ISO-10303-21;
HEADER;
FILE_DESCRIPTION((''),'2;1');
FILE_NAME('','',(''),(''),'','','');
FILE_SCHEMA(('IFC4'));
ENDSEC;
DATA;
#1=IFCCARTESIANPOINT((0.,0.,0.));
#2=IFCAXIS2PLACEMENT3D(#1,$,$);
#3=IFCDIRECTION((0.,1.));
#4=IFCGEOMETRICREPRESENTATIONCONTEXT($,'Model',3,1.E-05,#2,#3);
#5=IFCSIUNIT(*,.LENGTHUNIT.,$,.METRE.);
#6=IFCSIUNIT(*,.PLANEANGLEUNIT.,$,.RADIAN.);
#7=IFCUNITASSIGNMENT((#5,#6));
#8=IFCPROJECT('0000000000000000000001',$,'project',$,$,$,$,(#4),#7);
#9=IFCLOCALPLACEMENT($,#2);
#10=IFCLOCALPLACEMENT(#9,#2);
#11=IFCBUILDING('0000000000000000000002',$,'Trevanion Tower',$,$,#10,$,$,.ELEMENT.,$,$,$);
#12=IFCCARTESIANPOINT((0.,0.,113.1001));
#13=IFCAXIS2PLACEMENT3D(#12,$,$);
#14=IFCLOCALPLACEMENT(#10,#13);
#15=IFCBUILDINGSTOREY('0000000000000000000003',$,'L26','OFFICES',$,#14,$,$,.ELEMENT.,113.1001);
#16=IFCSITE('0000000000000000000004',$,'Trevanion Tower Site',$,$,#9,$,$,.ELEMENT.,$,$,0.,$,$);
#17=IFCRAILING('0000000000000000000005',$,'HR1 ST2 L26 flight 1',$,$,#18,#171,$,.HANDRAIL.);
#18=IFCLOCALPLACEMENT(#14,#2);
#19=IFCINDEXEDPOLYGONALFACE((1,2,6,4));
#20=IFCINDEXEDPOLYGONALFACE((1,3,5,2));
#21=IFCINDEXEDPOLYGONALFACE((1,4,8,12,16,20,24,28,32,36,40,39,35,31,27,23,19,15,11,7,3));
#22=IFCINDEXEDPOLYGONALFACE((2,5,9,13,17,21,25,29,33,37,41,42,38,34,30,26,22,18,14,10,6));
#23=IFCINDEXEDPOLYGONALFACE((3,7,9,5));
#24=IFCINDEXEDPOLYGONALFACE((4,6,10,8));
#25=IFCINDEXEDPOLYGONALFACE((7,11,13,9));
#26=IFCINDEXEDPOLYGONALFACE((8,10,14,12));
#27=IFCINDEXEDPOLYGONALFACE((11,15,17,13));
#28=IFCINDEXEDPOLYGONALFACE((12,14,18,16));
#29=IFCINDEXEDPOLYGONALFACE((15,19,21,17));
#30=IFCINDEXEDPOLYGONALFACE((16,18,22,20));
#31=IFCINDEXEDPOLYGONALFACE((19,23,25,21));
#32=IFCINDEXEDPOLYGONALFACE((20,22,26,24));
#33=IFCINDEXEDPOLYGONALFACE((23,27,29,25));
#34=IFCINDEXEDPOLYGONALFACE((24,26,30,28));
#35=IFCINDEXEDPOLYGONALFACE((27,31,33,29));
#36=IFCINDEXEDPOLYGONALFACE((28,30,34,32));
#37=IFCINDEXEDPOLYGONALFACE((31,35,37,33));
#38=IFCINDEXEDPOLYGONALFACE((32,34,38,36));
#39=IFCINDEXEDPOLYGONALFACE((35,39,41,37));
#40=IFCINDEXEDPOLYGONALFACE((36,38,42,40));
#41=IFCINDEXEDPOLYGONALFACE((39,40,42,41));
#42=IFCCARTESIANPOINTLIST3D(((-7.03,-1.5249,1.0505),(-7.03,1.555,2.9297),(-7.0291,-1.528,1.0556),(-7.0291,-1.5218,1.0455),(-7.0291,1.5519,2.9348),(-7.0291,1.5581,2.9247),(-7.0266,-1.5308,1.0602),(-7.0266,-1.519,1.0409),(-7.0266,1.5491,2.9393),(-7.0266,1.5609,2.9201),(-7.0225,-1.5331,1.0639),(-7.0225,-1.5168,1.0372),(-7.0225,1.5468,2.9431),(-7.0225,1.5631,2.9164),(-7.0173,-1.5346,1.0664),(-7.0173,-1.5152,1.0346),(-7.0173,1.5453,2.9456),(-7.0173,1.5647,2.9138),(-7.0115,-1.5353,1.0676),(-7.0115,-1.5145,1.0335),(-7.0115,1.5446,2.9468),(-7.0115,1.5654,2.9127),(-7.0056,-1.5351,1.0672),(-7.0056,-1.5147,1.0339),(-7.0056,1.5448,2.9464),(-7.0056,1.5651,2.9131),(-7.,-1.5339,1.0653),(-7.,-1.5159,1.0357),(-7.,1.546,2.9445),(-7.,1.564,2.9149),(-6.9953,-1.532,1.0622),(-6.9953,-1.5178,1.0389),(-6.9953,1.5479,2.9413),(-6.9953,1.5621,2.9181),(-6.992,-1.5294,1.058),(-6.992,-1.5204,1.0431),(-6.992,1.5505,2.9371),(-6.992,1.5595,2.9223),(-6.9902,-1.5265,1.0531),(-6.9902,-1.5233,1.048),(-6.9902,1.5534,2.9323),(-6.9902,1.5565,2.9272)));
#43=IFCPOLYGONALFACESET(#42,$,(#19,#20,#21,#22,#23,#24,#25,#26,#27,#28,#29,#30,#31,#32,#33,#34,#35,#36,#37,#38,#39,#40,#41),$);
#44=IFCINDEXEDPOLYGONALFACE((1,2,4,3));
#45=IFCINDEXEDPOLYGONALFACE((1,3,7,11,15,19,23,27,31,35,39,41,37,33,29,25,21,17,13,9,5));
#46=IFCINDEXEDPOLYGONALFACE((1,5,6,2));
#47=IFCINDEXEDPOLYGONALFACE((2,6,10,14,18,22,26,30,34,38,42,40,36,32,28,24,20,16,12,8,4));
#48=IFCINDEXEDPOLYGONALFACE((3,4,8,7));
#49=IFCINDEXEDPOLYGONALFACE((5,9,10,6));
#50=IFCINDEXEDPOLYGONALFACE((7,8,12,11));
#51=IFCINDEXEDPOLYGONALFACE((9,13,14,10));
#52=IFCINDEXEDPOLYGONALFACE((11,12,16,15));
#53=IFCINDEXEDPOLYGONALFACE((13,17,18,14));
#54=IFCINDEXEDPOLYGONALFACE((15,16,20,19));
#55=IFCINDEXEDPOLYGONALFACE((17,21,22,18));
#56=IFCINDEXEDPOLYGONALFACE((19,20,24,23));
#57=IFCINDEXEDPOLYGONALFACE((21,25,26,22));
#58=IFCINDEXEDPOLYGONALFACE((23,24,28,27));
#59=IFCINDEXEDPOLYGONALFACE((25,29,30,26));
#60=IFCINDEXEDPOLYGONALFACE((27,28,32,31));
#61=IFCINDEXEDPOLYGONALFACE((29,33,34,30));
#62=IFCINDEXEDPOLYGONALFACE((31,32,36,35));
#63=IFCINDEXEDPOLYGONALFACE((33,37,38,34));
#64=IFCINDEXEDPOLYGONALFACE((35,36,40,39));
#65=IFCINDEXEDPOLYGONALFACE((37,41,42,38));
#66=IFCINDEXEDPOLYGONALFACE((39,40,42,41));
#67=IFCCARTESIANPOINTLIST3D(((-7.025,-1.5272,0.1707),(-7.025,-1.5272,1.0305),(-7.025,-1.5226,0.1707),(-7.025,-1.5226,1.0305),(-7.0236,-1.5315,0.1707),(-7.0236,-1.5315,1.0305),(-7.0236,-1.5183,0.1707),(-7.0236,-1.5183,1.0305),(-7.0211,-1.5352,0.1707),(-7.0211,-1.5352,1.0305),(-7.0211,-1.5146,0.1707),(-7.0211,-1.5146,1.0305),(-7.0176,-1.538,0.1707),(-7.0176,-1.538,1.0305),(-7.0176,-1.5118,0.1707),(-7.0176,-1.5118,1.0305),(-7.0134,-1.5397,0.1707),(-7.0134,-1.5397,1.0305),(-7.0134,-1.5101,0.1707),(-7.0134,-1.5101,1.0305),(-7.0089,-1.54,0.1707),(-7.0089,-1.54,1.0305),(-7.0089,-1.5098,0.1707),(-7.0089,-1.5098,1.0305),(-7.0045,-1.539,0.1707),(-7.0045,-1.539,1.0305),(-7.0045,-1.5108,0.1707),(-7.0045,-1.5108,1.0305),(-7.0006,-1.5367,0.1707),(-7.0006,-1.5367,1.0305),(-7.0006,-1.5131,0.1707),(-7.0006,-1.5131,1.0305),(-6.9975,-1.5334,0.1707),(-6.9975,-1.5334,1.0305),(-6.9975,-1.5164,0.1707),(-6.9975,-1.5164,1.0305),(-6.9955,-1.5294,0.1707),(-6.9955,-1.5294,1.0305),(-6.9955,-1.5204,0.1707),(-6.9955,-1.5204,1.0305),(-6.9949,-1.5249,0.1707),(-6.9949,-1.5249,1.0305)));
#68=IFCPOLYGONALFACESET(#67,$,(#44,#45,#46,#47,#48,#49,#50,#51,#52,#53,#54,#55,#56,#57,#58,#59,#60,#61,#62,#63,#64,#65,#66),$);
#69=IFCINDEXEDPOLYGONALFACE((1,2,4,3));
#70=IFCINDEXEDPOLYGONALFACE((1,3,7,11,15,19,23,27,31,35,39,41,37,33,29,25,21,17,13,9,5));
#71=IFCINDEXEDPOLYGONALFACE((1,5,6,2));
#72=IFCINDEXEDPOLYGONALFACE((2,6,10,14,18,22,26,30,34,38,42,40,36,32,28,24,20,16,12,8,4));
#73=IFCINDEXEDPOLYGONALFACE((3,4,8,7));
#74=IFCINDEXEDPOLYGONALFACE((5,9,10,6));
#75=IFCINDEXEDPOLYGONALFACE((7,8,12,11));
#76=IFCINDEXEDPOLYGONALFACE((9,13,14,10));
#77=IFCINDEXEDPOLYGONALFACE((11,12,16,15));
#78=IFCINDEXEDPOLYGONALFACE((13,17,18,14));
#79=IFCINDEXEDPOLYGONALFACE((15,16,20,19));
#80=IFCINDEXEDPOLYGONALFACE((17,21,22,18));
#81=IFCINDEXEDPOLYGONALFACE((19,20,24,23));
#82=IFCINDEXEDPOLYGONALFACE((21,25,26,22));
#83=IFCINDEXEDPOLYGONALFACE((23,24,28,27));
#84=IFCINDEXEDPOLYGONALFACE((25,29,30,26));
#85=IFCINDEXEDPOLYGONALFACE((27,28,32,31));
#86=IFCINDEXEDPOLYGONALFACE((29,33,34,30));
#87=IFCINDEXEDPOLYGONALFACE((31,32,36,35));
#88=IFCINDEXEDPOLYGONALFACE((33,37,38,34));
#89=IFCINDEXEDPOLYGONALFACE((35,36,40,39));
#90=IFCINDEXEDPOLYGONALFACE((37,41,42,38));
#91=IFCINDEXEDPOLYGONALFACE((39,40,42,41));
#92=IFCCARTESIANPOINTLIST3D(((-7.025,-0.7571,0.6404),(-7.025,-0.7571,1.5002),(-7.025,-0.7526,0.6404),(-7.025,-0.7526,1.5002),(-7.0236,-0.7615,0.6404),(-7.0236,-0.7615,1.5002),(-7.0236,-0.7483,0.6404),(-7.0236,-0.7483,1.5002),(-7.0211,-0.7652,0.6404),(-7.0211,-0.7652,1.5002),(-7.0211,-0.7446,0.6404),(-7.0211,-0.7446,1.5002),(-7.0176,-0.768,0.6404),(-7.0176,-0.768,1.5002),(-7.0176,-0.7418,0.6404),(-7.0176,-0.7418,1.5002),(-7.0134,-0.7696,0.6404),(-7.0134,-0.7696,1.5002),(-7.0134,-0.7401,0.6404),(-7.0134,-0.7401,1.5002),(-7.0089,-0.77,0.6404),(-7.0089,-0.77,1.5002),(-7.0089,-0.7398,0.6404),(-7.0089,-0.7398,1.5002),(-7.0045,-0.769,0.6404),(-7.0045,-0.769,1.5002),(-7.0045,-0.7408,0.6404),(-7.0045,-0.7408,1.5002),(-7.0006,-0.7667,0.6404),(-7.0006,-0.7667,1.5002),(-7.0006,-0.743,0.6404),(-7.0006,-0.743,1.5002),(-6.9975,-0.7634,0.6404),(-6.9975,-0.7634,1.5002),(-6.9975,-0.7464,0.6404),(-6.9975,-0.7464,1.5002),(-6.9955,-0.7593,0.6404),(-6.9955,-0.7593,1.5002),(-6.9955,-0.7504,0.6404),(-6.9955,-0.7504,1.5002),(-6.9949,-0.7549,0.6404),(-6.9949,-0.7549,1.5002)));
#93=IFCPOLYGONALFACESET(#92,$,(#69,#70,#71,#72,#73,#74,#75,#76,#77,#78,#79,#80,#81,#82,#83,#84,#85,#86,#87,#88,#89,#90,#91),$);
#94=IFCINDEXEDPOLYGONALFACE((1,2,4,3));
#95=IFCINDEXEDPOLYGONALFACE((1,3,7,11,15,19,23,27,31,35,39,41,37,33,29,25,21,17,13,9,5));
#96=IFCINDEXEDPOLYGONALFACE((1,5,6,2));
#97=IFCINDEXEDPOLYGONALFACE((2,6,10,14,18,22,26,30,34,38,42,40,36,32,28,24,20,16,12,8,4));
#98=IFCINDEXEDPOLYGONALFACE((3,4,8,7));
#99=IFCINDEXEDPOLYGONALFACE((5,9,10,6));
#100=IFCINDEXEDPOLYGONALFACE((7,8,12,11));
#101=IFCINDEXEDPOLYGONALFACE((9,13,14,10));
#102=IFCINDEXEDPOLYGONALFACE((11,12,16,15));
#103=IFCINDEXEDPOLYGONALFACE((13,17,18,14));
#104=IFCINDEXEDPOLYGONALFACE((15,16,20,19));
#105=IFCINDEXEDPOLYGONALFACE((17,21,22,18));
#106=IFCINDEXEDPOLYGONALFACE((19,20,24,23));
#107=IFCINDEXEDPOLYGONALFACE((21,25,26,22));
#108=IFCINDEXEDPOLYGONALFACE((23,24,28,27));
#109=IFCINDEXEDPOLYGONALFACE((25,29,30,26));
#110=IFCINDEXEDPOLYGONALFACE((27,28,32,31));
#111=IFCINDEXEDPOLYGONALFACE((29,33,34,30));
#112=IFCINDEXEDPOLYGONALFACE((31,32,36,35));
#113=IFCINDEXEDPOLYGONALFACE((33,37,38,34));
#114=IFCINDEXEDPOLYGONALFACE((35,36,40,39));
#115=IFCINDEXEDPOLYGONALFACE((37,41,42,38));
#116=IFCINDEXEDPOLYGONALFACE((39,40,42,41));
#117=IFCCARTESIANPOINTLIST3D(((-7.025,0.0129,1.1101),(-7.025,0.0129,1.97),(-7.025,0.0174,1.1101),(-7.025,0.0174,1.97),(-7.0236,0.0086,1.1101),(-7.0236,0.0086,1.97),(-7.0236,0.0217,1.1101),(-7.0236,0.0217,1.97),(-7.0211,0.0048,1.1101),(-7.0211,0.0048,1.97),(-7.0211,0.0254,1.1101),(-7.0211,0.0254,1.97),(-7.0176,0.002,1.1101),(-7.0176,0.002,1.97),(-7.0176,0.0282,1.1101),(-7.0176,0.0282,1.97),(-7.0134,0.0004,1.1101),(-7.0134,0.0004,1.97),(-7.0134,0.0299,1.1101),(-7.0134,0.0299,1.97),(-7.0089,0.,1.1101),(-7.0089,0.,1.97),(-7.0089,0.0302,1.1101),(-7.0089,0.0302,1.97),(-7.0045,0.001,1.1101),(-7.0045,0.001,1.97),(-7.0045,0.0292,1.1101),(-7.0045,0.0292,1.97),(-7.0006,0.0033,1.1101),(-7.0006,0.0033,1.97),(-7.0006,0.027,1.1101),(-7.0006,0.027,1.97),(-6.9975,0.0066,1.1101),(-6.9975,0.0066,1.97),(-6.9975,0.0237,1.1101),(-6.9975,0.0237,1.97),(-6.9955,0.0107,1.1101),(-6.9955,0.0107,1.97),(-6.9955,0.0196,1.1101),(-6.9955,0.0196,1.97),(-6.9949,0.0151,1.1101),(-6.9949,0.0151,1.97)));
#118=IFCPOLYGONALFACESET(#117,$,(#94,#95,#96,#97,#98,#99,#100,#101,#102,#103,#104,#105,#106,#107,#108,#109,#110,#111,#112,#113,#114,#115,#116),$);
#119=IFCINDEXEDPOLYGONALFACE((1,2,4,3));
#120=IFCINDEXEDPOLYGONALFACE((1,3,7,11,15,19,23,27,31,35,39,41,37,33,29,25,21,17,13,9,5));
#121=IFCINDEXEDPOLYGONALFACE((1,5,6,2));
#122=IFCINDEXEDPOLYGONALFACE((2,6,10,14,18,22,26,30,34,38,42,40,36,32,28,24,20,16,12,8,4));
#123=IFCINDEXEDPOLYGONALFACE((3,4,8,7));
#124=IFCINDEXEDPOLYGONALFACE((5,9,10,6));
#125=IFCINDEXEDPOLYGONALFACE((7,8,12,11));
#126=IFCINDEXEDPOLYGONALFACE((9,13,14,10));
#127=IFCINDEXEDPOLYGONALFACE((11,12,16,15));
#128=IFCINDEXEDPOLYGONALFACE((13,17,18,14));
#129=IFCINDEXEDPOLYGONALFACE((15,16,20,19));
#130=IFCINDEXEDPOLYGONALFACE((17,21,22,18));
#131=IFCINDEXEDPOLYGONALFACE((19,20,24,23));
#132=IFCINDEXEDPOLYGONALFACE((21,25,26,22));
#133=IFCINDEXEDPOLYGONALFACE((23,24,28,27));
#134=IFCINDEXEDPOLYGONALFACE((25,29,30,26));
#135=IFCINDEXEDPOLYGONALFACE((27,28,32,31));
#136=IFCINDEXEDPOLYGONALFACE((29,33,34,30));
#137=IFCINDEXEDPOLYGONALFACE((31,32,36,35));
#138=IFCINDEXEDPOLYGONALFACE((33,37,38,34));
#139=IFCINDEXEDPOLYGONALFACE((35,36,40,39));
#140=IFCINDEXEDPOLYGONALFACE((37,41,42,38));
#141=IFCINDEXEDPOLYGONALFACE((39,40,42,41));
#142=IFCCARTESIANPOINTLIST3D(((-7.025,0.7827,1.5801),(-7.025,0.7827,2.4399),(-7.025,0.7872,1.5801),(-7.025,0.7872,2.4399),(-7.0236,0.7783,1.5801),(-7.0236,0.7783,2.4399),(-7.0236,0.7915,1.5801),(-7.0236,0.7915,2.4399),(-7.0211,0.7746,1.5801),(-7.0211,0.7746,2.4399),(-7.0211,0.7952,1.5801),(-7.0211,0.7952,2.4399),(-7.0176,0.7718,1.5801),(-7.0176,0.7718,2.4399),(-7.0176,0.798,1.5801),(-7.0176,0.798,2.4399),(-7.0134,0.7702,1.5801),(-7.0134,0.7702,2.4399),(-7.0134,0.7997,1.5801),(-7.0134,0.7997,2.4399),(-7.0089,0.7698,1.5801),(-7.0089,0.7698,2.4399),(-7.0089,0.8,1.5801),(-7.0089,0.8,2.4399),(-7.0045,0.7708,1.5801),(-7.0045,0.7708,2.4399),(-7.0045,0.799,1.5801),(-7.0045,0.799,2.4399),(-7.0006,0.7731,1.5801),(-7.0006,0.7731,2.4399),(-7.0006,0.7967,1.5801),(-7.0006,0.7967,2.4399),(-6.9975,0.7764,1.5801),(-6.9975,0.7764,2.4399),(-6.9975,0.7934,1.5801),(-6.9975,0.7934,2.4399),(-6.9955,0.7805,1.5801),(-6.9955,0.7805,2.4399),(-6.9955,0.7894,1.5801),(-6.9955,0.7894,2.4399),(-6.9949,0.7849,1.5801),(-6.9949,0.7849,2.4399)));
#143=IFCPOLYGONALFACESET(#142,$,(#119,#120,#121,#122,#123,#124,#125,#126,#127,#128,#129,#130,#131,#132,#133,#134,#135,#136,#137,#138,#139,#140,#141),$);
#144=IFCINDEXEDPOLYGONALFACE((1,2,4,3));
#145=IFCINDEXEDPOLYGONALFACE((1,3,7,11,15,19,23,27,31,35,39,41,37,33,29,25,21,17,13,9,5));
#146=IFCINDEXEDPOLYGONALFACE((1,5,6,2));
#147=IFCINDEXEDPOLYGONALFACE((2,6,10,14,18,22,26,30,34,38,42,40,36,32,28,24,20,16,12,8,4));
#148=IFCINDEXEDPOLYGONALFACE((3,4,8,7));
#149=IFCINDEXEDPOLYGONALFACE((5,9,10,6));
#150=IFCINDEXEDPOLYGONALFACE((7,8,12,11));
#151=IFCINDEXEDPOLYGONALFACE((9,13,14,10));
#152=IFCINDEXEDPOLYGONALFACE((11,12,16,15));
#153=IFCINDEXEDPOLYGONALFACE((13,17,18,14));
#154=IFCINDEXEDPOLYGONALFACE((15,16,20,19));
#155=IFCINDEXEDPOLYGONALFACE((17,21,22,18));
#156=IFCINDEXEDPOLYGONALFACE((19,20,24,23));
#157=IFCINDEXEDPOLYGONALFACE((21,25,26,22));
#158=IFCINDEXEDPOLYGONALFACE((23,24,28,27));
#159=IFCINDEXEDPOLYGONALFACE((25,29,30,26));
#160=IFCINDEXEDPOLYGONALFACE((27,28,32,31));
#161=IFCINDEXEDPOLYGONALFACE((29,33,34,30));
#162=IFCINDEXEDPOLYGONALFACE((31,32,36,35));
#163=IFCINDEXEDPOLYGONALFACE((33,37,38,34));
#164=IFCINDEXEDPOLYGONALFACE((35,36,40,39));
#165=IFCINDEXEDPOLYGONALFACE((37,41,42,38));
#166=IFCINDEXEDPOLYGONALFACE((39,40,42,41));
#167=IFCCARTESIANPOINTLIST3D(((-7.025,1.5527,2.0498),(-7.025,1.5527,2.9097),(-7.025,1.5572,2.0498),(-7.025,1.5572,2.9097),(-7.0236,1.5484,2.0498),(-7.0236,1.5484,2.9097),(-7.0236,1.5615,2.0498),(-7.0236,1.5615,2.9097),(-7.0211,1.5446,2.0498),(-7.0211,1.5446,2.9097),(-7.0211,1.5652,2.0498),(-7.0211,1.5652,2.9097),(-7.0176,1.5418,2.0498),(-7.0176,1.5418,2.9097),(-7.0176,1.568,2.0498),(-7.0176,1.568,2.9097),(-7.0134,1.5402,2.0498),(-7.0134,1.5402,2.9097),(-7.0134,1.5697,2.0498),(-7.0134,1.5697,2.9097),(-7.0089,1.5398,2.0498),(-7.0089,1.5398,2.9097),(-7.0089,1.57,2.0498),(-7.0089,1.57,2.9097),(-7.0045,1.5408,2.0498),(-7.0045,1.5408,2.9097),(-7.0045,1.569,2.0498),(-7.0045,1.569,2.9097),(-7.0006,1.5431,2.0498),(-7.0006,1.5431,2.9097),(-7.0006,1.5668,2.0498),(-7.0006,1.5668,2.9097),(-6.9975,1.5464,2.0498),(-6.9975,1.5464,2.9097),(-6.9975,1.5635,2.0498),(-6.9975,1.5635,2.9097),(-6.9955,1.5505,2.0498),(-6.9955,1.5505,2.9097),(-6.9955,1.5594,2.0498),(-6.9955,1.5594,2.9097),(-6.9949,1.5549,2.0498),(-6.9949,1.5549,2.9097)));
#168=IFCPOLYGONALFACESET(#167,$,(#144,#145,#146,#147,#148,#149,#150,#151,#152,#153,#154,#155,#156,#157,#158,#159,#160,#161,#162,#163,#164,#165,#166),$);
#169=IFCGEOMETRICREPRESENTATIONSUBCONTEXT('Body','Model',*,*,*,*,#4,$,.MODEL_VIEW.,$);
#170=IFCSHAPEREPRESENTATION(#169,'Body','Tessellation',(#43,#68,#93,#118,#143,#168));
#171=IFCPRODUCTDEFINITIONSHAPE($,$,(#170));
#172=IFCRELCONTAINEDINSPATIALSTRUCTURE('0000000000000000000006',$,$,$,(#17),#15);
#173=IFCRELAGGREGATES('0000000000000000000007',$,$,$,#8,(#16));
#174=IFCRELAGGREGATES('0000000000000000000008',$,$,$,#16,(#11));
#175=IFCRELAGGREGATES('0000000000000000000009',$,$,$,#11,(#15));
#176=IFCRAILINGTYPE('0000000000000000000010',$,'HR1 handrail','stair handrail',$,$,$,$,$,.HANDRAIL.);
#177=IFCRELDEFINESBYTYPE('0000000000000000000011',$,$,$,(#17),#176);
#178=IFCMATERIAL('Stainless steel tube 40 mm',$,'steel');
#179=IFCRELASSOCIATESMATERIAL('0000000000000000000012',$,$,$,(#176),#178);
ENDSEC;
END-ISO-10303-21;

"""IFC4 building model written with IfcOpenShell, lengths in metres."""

from ifc_helpers import new_model, si_unit, direction, frame, origin, origin_2d, place, context, subcontext, project, spatial, circle, extrude, material, type_object, element, save


model = new_model("IFC4")

# Units and contexts
model_context = context("Model", 3, precision=1e-05, world=origin(), true_north=direction((0.0, 1.0)))
body_context = subcontext(model_context, "Body", "Model", "MODEL_VIEW")
ifc_project = project(units=[si_unit("LENGTHUNIT", "METRE"), si_unit("PLANEANGLEUNIT", "RADIAN")], contexts=[model_context])

# Site, building, storey
site_placement = place(None, origin())
site = spatial("IfcSite", under=ifc_project, at=site_placement, Name="Trevanion Tower Site", CompositionType="ELEMENT", RefElevation=0.0)
building_placement = place(site_placement, origin())
building = spatial("IfcBuilding", under=site, at=building_placement, Name="Trevanion Tower", CompositionType="ELEMENT")
storey_placement = place(building_placement, frame((0.0, 0.0, 113.1001)))
storey = spatial("IfcBuildingStorey", under=building, at=storey_placement, Name="L26", Description="OFFICES", CompositionType="ELEMENT", Elevation=113.1001)

# Railing
ifc_material_1 = material(Name="Stainless steel tube 40 mm", Category="steel")
railing_type = type_object("IfcRailingType", Name="HR1 handrail", Description="stair handrail", PredefinedType="HANDRAIL", material=ifc_material_1)
for number, where, name in (
    (1, (-7.01, -1.5249, 0.1707), "HR1 ST2 L26 flight 1"),
):
    element("IfcRailing", number, at=place(storey_placement, frame(where)), inside=storey, type_object=railing_type, Name=name, PredefinedType="HANDRAIL", context=body_context, shape_type="SweptSolid", body=[
        extrude(circle(Radius=0.02, at=origin_2d()), frame((0.0, 0.0, 0.8799), z_axis=(0.0, 0.853648, 0.52085), x_axis=(-1.0, 0.0, 0.0)), (0.0, 0.0, 1.0), 3.6079),
        extrude(circle(Radius=0.0151, at=origin_2d()), origin(), (0.0, 0.0, 1.0), 0.8599),
        extrude(circle(Radius=0.0151, at=origin_2d()), frame((0.0, 0.77, 0.4697)), (0.0, 0.0, 1.0), 0.8599),
        extrude(circle(Radius=0.0151, at=origin_2d()), frame((0.0, 1.54, 0.9395)), (0.0, 0.0, 1.0), 0.8599),
        extrude(circle(Radius=0.0151, at=origin_2d()), frame((0.0, 2.3098, 1.4094)), (0.0, 0.0, 1.0), 0.8599),
        extrude(circle(Radius=0.0151, at=origin_2d()), frame((0.0, 3.0798, 1.8792)), (0.0, 0.0, 1.0), 0.8599),
    ])

save(model, "model.ifc")
